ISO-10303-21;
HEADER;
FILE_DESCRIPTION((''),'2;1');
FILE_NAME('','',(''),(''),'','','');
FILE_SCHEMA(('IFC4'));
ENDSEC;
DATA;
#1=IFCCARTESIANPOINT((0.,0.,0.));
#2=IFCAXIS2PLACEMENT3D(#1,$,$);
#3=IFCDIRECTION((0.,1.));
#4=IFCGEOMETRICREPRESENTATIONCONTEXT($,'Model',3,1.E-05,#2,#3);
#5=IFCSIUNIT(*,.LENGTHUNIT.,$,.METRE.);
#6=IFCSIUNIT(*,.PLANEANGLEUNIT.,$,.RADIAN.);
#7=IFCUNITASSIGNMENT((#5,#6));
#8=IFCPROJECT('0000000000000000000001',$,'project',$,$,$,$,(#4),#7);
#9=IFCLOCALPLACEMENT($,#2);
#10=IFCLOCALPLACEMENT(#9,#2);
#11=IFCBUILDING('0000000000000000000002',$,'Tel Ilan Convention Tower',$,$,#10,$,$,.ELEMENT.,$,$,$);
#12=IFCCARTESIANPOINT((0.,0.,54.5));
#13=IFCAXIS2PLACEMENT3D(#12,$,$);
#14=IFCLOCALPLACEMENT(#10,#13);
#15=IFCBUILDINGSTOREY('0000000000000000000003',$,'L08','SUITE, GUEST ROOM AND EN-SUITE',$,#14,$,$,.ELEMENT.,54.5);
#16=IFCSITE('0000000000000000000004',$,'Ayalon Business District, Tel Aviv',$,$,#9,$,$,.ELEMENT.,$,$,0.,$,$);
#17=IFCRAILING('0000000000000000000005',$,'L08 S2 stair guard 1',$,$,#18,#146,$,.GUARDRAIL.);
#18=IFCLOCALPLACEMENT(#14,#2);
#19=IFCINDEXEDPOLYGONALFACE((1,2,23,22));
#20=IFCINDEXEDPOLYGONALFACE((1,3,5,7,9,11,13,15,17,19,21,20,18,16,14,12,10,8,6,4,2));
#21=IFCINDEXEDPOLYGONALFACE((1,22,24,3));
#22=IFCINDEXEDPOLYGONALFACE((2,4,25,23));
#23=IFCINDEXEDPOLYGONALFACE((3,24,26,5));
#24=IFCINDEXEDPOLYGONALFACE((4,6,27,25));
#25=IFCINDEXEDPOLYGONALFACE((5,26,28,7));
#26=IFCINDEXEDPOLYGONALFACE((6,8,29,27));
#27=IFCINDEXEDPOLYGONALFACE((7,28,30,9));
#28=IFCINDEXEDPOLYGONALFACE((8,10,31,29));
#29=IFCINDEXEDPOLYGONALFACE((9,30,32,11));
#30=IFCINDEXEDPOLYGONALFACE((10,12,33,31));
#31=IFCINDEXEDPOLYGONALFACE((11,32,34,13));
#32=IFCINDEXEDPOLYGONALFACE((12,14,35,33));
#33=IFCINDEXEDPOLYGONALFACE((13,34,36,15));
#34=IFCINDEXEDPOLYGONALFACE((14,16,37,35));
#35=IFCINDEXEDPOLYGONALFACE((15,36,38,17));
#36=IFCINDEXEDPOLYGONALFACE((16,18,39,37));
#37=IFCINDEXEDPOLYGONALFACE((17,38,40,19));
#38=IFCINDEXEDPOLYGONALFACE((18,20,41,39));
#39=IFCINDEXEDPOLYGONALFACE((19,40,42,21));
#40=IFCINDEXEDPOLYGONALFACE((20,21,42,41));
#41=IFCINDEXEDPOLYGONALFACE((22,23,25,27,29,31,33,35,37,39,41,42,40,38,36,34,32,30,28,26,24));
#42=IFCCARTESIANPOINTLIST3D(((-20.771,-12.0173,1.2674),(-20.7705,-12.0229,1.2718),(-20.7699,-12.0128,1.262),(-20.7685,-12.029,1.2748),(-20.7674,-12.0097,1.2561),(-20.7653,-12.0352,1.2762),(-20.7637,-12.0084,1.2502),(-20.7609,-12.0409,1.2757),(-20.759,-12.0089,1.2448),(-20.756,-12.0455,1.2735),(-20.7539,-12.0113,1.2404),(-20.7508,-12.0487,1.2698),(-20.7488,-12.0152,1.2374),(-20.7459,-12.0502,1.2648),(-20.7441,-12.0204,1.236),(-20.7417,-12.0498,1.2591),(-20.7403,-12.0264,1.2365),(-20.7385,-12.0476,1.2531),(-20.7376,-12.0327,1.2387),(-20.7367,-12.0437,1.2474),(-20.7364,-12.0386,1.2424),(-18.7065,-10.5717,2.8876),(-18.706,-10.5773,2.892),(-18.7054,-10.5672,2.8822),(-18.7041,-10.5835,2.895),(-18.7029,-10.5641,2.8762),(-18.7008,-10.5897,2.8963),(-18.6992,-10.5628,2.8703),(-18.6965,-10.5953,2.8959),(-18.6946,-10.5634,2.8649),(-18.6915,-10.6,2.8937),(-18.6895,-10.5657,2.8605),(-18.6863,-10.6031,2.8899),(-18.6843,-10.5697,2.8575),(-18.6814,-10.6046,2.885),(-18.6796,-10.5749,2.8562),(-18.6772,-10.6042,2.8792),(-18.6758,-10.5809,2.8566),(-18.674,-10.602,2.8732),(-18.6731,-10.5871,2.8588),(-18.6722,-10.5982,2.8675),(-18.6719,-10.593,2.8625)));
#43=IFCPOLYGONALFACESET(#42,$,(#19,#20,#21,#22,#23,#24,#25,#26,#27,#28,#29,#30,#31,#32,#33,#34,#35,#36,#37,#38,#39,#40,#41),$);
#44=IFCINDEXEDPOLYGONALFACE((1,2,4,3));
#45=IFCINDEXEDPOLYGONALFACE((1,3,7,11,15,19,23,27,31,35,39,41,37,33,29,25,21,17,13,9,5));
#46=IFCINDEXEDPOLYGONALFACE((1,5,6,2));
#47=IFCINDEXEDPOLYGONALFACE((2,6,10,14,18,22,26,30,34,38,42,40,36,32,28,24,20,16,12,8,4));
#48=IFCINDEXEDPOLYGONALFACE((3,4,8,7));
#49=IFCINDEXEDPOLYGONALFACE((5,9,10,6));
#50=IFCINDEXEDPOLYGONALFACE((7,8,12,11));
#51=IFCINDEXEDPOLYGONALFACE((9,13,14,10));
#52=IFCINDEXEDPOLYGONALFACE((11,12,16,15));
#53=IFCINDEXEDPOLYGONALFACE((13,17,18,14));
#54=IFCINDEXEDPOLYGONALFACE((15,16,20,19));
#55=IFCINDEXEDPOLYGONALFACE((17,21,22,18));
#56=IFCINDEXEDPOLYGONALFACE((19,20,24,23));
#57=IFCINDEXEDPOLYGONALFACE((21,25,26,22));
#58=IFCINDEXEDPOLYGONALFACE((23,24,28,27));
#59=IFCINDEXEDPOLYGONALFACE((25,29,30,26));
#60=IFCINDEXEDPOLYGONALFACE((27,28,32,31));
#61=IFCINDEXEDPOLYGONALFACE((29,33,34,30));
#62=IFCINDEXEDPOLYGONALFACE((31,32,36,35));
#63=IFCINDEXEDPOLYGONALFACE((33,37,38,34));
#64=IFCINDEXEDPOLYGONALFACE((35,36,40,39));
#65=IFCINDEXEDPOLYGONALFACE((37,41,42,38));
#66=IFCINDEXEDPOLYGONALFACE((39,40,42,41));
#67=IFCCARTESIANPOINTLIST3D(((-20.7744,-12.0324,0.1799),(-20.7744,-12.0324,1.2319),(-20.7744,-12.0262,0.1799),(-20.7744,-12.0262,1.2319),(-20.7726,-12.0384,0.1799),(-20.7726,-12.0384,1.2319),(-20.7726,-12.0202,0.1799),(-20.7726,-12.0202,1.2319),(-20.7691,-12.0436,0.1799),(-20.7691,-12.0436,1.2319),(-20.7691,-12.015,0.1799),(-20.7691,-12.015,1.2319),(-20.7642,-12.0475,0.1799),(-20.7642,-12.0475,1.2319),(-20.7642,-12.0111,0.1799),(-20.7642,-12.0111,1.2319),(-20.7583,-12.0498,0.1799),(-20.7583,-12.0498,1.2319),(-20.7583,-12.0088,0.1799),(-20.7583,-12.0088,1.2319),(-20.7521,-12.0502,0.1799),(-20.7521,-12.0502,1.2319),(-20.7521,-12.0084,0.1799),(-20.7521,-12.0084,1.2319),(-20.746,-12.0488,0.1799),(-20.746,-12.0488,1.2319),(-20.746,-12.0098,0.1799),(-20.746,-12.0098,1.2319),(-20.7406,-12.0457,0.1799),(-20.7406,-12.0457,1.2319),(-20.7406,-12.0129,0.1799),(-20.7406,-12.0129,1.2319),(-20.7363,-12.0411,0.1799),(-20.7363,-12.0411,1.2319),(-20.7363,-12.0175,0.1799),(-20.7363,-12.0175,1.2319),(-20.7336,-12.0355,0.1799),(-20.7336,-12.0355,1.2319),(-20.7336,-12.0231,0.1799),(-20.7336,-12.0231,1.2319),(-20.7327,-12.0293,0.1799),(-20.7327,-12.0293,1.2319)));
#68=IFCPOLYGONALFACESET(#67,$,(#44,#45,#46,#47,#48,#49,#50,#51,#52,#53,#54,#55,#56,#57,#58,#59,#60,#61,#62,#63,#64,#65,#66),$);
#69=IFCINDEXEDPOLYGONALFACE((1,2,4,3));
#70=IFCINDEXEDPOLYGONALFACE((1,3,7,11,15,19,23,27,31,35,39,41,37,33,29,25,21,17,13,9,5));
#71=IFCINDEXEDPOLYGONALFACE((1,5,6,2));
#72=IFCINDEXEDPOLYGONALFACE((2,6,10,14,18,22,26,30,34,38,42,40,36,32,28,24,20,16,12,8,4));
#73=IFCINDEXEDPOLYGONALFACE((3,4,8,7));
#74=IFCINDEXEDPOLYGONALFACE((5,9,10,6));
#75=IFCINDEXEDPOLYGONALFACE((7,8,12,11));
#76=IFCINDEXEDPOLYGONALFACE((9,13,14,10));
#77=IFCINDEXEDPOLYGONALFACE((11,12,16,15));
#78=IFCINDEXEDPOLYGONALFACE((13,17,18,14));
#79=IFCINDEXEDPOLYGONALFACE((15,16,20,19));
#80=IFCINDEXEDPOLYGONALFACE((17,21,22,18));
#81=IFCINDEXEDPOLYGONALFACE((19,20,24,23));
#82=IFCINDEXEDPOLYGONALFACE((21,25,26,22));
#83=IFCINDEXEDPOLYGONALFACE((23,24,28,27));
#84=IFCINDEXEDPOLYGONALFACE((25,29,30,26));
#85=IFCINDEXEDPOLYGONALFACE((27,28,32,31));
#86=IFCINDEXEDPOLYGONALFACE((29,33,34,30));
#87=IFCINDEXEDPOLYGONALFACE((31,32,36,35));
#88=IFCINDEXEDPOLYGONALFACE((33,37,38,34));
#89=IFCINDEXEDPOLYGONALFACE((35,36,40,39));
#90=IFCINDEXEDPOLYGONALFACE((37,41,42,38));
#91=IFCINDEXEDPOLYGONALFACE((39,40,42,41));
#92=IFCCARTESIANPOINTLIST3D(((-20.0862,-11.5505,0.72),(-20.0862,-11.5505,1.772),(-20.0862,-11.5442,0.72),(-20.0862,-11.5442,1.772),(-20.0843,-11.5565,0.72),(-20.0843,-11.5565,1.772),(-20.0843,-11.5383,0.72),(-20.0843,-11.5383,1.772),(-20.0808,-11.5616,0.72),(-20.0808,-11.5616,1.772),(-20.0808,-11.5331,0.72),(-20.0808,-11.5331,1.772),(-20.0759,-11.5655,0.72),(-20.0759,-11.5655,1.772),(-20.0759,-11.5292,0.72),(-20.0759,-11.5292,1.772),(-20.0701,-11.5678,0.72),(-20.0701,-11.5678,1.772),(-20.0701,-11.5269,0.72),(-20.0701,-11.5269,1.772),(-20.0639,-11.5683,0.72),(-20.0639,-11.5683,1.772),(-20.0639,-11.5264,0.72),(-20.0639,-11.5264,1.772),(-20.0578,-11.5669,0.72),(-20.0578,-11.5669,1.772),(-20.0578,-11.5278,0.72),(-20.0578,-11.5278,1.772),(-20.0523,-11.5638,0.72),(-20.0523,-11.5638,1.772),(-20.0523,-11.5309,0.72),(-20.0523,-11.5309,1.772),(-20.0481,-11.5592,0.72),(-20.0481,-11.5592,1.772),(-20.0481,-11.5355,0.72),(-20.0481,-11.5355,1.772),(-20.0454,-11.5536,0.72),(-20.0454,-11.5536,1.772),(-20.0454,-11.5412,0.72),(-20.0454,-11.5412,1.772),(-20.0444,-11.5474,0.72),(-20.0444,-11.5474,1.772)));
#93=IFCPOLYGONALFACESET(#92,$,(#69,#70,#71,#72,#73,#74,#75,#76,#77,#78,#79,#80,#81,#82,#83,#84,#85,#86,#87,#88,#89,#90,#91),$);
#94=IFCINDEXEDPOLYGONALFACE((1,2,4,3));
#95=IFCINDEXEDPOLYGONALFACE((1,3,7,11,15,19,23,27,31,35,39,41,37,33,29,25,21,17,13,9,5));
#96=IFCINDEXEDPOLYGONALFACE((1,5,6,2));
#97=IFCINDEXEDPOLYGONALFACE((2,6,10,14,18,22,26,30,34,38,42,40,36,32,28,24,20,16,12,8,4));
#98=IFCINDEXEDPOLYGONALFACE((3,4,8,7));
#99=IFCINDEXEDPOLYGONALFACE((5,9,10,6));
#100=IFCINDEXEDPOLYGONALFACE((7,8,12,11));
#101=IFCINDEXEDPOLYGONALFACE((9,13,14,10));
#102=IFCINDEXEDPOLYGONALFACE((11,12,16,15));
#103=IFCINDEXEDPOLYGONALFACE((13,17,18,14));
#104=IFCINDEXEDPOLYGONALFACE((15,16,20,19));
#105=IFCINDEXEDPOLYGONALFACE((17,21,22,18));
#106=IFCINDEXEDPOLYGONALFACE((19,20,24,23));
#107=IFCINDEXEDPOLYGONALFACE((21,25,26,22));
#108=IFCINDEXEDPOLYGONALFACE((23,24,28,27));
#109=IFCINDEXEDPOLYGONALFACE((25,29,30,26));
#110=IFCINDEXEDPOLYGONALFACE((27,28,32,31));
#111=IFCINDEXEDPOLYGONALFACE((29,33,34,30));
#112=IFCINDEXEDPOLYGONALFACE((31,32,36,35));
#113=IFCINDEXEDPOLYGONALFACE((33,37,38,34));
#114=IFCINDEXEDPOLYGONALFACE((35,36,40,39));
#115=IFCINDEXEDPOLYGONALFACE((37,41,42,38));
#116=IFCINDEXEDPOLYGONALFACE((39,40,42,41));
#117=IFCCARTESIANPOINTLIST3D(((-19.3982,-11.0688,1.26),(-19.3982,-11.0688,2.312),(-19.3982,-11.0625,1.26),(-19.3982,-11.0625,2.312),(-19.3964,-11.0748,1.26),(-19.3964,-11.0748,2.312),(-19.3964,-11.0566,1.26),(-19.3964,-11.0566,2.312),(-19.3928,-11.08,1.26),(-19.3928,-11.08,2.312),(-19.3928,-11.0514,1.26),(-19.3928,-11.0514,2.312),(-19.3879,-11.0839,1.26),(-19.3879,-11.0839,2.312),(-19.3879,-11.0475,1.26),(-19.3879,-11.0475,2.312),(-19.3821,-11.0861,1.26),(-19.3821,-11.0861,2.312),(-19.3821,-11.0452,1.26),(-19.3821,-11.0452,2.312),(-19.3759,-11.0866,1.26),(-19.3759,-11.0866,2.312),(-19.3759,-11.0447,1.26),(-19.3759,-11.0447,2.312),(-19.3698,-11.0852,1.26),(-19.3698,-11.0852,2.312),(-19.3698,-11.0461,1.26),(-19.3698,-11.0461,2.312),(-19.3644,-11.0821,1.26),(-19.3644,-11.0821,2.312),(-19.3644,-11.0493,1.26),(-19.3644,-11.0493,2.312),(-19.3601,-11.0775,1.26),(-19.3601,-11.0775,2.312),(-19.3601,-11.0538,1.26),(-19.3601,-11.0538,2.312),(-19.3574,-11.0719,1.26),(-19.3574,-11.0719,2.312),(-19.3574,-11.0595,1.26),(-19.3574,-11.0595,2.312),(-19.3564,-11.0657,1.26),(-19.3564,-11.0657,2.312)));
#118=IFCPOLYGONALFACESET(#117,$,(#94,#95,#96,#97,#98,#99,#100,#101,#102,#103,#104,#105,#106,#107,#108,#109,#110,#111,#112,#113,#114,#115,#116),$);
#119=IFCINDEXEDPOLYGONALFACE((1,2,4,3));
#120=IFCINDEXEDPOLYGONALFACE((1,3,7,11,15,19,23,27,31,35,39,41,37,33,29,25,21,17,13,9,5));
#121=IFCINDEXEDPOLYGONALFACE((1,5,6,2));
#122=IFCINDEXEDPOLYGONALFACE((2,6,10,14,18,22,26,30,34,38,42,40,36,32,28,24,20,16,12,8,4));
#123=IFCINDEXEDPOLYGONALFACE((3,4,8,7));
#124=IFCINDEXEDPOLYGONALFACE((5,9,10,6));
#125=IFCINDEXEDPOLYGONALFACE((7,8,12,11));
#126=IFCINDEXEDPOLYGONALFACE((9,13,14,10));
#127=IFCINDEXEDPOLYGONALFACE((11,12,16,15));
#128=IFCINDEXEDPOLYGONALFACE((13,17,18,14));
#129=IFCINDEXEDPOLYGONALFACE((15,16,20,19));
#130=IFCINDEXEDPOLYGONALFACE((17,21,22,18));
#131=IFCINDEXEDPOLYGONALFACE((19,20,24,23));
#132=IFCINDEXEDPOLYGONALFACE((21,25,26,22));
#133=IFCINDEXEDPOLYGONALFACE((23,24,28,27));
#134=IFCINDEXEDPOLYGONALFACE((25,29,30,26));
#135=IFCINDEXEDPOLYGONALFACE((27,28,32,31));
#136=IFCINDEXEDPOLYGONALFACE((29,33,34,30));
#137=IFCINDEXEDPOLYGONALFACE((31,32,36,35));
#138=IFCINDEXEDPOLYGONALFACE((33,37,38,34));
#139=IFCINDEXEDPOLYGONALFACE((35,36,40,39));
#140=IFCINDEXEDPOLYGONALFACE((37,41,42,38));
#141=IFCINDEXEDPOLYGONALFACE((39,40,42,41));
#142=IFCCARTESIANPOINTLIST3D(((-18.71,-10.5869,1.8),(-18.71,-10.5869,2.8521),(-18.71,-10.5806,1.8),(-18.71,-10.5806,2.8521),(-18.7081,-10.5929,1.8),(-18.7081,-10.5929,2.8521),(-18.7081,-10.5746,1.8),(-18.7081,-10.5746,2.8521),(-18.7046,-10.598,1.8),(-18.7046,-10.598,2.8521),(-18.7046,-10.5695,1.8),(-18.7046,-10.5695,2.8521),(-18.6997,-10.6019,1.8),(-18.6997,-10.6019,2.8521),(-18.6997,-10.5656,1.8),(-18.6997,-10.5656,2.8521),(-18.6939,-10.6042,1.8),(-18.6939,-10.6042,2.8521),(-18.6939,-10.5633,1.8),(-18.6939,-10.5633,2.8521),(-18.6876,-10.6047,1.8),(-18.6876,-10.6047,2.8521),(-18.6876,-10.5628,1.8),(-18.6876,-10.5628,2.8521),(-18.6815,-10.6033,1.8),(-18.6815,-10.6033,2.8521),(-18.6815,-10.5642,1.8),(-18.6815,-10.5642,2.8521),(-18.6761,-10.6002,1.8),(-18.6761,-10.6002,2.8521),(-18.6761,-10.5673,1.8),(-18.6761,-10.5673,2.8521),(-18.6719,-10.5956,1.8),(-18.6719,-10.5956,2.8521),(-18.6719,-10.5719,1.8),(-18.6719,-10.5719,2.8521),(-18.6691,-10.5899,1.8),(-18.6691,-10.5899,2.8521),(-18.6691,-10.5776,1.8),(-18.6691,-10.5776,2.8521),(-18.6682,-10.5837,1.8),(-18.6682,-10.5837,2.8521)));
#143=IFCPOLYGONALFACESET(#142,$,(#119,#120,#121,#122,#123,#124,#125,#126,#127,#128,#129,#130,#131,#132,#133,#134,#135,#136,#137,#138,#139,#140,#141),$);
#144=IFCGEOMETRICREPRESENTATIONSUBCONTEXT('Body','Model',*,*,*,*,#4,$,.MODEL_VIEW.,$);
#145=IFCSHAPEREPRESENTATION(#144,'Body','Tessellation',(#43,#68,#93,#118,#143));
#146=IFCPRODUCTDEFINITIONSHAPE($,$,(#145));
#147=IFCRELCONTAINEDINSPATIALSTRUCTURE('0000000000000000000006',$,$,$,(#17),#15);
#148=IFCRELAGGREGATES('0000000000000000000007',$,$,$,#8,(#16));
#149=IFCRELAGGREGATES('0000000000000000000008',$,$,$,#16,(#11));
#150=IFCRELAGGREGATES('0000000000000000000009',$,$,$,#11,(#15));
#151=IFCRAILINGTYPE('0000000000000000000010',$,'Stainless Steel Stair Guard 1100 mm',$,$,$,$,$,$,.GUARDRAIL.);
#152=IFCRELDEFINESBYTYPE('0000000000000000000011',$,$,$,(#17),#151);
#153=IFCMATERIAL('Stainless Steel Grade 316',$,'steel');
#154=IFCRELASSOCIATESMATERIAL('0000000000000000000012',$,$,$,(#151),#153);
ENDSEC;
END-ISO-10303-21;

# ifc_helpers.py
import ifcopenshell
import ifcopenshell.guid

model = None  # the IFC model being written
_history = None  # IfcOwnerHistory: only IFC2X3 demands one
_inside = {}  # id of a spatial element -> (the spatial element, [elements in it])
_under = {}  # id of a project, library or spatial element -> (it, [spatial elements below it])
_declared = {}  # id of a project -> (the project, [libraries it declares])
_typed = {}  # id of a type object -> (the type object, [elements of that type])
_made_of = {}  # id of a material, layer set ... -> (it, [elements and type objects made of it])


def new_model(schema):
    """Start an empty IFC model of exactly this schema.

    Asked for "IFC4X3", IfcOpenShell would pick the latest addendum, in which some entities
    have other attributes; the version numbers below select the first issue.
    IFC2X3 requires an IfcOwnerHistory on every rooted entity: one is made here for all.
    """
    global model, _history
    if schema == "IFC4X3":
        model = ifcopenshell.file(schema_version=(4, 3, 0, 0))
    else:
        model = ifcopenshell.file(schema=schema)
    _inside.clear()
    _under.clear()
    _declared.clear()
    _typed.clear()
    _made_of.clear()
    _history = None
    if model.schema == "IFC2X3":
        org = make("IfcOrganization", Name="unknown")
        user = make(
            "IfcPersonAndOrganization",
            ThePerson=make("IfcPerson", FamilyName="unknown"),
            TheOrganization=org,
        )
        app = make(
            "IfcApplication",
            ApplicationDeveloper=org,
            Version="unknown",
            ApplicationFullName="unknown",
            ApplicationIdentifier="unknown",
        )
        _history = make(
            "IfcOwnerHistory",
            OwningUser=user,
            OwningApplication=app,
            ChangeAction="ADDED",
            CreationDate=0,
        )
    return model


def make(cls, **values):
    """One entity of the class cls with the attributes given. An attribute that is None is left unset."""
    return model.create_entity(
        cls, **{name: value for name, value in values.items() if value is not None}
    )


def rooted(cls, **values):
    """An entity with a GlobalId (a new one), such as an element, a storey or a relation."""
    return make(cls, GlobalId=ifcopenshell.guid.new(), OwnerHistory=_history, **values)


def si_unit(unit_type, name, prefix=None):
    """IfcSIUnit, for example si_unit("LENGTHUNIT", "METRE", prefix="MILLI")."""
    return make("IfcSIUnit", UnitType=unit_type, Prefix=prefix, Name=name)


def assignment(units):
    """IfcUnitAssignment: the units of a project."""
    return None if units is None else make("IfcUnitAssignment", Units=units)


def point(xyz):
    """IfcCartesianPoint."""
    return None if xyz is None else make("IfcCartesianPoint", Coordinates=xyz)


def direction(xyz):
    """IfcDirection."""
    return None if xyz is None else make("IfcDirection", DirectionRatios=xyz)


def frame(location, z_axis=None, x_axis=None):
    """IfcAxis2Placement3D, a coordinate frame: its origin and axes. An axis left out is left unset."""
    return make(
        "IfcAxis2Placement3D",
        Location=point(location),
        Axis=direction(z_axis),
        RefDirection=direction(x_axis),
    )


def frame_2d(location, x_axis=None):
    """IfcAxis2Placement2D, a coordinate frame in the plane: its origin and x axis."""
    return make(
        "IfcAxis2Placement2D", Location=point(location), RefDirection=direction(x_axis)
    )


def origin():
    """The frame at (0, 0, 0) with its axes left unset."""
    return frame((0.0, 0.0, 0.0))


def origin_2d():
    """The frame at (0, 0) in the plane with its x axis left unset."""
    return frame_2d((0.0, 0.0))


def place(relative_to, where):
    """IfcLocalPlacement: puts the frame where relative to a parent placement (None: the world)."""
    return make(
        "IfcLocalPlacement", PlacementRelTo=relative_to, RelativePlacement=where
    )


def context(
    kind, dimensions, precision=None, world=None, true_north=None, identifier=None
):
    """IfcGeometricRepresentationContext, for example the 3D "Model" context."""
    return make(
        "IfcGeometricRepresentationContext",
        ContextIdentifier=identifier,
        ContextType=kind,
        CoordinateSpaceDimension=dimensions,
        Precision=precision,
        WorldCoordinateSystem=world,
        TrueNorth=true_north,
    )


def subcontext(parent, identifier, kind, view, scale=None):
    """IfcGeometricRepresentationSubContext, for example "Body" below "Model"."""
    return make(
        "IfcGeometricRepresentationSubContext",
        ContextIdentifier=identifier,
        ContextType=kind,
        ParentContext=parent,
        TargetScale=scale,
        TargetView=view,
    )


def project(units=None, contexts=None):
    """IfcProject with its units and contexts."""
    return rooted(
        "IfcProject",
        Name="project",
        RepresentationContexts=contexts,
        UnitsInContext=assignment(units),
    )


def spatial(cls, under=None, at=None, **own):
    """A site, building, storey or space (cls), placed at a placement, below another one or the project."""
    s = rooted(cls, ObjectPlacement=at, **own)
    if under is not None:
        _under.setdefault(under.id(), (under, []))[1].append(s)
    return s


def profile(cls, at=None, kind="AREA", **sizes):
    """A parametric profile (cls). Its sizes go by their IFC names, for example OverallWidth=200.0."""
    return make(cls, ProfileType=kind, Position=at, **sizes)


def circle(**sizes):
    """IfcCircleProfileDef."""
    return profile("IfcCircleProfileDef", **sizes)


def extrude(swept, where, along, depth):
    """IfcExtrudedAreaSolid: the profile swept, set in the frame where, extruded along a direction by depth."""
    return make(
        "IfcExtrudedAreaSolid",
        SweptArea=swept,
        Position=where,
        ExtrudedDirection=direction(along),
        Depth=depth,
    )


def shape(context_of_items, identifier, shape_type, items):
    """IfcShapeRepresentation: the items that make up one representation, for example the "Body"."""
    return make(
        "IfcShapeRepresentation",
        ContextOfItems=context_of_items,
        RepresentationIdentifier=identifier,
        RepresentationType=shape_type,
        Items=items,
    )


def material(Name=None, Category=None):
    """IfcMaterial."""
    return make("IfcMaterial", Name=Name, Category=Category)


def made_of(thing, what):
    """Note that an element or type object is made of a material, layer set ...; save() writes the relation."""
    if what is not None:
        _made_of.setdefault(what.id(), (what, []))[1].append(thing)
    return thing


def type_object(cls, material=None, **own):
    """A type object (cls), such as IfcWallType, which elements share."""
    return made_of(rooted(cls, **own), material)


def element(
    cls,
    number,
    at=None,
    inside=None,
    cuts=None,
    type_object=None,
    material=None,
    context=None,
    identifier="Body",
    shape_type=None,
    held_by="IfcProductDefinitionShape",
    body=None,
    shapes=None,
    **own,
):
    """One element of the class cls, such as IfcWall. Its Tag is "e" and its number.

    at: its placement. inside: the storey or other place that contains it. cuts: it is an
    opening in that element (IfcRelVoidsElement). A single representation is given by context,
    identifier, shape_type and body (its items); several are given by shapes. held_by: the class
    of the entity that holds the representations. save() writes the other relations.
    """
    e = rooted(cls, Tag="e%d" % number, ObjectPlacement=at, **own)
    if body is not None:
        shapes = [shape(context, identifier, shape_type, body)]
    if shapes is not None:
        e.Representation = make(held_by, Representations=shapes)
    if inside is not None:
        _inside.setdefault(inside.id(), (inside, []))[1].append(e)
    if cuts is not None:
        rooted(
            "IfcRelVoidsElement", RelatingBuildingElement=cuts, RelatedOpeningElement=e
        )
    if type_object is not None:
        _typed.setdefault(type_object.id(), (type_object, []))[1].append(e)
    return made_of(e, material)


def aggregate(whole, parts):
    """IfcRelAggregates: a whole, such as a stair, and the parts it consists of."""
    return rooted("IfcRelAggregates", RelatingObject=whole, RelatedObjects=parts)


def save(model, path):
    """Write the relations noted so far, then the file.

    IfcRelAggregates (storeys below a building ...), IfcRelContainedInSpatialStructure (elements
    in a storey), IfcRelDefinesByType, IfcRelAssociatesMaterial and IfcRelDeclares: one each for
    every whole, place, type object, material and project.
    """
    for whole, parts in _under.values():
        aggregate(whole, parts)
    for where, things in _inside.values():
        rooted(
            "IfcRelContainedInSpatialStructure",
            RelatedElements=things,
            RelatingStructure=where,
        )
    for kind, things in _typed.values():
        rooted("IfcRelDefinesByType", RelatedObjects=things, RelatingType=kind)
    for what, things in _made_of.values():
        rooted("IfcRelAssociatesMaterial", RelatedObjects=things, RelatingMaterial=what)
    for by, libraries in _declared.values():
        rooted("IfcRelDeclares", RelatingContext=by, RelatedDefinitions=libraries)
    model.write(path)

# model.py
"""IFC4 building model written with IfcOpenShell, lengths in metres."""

from ifc_helpers import new_model, si_unit, direction, frame, origin, origin_2d, place, context, subcontext, project, spatial, circle, extrude, material, type_object, element, save


model = new_model("IFC4")

# Units and contexts
model_context = context("Model", 3, precision=1e-05, world=origin(), true_north=direction((0.0, 1.0)))
body_context = subcontext(model_context, "Body", "Model", "MODEL_VIEW")
ifc_project = project(units=[si_unit("LENGTHUNIT", "METRE"), si_unit("PLANEANGLEUNIT", "RADIAN")], contexts=[model_context])

# Site, building, storey
site_placement = place(None, origin())
site = spatial("IfcSite", under=ifc_project, at=site_placement, Name="Ayalon Business District, Tel Aviv", CompositionType="ELEMENT", RefElevation=0.0)
building_placement = place(site_placement, origin())
building = spatial("IfcBuilding", under=site, at=building_placement, Name="Tel Ilan Convention Tower", CompositionType="ELEMENT")
storey_placement = place(building_placement, frame((0.0, 0.0, 54.5)))
storey = spatial("IfcBuildingStorey", under=building, at=storey_placement, Name="L08", Description="SUITE, GUEST ROOM AND EN-SUITE", CompositionType="ELEMENT", Elevation=54.5)

# Railing
ifc_material_1 = material(Name="Stainless Steel Grade 316", Category="steel")
railing_type_1 = type_object("IfcRailingType", Name="Stainless Steel Stair Guard 1100 mm", PredefinedType="GUARDRAIL", material=ifc_material_1)
railing_1_placement = place(storey_placement, frame((-20.7537, -12.0293, 0.1799)))
element("IfcRailing", 1, at=railing_1_placement, inside=storey, type_object=railing_type_1, Name="L08 S2 stair guard 1", PredefinedType="GUARDRAIL", context=body_context, shape_type="SweptSolid", body=[
    extrude(circle(Radius=0.0239, at=origin_2d()), frame((0.0, 0.0, 1.0762), z_axis=(0.689056, 0.482486, 0.540749), x_axis=(-0.573579, 0.81915, 0.0)), (0.0, 0.0, 1.0), 2.9961),
    extrude(circle(Radius=0.021, at=origin_2d()), origin(), (0.0, 0.0, 1.0), 1.052),
    extrude(circle(Radius=0.021, at=origin_2d()), frame((0.6882, 0.4819, 0.54)), (0.0, 0.0, 1.0), 1.052),
    extrude(circle(Radius=0.021, at=origin_2d()), frame((1.3762, 0.9636, 1.0801)), (0.0, 0.0, 1.0), 1.052),
    extrude(circle(Radius=0.021, at=origin_2d()), frame((2.0645, 1.4456, 1.6201)), (0.0, 0.0, 1.0), 1.052),
])

save(model, "model.ifc")
